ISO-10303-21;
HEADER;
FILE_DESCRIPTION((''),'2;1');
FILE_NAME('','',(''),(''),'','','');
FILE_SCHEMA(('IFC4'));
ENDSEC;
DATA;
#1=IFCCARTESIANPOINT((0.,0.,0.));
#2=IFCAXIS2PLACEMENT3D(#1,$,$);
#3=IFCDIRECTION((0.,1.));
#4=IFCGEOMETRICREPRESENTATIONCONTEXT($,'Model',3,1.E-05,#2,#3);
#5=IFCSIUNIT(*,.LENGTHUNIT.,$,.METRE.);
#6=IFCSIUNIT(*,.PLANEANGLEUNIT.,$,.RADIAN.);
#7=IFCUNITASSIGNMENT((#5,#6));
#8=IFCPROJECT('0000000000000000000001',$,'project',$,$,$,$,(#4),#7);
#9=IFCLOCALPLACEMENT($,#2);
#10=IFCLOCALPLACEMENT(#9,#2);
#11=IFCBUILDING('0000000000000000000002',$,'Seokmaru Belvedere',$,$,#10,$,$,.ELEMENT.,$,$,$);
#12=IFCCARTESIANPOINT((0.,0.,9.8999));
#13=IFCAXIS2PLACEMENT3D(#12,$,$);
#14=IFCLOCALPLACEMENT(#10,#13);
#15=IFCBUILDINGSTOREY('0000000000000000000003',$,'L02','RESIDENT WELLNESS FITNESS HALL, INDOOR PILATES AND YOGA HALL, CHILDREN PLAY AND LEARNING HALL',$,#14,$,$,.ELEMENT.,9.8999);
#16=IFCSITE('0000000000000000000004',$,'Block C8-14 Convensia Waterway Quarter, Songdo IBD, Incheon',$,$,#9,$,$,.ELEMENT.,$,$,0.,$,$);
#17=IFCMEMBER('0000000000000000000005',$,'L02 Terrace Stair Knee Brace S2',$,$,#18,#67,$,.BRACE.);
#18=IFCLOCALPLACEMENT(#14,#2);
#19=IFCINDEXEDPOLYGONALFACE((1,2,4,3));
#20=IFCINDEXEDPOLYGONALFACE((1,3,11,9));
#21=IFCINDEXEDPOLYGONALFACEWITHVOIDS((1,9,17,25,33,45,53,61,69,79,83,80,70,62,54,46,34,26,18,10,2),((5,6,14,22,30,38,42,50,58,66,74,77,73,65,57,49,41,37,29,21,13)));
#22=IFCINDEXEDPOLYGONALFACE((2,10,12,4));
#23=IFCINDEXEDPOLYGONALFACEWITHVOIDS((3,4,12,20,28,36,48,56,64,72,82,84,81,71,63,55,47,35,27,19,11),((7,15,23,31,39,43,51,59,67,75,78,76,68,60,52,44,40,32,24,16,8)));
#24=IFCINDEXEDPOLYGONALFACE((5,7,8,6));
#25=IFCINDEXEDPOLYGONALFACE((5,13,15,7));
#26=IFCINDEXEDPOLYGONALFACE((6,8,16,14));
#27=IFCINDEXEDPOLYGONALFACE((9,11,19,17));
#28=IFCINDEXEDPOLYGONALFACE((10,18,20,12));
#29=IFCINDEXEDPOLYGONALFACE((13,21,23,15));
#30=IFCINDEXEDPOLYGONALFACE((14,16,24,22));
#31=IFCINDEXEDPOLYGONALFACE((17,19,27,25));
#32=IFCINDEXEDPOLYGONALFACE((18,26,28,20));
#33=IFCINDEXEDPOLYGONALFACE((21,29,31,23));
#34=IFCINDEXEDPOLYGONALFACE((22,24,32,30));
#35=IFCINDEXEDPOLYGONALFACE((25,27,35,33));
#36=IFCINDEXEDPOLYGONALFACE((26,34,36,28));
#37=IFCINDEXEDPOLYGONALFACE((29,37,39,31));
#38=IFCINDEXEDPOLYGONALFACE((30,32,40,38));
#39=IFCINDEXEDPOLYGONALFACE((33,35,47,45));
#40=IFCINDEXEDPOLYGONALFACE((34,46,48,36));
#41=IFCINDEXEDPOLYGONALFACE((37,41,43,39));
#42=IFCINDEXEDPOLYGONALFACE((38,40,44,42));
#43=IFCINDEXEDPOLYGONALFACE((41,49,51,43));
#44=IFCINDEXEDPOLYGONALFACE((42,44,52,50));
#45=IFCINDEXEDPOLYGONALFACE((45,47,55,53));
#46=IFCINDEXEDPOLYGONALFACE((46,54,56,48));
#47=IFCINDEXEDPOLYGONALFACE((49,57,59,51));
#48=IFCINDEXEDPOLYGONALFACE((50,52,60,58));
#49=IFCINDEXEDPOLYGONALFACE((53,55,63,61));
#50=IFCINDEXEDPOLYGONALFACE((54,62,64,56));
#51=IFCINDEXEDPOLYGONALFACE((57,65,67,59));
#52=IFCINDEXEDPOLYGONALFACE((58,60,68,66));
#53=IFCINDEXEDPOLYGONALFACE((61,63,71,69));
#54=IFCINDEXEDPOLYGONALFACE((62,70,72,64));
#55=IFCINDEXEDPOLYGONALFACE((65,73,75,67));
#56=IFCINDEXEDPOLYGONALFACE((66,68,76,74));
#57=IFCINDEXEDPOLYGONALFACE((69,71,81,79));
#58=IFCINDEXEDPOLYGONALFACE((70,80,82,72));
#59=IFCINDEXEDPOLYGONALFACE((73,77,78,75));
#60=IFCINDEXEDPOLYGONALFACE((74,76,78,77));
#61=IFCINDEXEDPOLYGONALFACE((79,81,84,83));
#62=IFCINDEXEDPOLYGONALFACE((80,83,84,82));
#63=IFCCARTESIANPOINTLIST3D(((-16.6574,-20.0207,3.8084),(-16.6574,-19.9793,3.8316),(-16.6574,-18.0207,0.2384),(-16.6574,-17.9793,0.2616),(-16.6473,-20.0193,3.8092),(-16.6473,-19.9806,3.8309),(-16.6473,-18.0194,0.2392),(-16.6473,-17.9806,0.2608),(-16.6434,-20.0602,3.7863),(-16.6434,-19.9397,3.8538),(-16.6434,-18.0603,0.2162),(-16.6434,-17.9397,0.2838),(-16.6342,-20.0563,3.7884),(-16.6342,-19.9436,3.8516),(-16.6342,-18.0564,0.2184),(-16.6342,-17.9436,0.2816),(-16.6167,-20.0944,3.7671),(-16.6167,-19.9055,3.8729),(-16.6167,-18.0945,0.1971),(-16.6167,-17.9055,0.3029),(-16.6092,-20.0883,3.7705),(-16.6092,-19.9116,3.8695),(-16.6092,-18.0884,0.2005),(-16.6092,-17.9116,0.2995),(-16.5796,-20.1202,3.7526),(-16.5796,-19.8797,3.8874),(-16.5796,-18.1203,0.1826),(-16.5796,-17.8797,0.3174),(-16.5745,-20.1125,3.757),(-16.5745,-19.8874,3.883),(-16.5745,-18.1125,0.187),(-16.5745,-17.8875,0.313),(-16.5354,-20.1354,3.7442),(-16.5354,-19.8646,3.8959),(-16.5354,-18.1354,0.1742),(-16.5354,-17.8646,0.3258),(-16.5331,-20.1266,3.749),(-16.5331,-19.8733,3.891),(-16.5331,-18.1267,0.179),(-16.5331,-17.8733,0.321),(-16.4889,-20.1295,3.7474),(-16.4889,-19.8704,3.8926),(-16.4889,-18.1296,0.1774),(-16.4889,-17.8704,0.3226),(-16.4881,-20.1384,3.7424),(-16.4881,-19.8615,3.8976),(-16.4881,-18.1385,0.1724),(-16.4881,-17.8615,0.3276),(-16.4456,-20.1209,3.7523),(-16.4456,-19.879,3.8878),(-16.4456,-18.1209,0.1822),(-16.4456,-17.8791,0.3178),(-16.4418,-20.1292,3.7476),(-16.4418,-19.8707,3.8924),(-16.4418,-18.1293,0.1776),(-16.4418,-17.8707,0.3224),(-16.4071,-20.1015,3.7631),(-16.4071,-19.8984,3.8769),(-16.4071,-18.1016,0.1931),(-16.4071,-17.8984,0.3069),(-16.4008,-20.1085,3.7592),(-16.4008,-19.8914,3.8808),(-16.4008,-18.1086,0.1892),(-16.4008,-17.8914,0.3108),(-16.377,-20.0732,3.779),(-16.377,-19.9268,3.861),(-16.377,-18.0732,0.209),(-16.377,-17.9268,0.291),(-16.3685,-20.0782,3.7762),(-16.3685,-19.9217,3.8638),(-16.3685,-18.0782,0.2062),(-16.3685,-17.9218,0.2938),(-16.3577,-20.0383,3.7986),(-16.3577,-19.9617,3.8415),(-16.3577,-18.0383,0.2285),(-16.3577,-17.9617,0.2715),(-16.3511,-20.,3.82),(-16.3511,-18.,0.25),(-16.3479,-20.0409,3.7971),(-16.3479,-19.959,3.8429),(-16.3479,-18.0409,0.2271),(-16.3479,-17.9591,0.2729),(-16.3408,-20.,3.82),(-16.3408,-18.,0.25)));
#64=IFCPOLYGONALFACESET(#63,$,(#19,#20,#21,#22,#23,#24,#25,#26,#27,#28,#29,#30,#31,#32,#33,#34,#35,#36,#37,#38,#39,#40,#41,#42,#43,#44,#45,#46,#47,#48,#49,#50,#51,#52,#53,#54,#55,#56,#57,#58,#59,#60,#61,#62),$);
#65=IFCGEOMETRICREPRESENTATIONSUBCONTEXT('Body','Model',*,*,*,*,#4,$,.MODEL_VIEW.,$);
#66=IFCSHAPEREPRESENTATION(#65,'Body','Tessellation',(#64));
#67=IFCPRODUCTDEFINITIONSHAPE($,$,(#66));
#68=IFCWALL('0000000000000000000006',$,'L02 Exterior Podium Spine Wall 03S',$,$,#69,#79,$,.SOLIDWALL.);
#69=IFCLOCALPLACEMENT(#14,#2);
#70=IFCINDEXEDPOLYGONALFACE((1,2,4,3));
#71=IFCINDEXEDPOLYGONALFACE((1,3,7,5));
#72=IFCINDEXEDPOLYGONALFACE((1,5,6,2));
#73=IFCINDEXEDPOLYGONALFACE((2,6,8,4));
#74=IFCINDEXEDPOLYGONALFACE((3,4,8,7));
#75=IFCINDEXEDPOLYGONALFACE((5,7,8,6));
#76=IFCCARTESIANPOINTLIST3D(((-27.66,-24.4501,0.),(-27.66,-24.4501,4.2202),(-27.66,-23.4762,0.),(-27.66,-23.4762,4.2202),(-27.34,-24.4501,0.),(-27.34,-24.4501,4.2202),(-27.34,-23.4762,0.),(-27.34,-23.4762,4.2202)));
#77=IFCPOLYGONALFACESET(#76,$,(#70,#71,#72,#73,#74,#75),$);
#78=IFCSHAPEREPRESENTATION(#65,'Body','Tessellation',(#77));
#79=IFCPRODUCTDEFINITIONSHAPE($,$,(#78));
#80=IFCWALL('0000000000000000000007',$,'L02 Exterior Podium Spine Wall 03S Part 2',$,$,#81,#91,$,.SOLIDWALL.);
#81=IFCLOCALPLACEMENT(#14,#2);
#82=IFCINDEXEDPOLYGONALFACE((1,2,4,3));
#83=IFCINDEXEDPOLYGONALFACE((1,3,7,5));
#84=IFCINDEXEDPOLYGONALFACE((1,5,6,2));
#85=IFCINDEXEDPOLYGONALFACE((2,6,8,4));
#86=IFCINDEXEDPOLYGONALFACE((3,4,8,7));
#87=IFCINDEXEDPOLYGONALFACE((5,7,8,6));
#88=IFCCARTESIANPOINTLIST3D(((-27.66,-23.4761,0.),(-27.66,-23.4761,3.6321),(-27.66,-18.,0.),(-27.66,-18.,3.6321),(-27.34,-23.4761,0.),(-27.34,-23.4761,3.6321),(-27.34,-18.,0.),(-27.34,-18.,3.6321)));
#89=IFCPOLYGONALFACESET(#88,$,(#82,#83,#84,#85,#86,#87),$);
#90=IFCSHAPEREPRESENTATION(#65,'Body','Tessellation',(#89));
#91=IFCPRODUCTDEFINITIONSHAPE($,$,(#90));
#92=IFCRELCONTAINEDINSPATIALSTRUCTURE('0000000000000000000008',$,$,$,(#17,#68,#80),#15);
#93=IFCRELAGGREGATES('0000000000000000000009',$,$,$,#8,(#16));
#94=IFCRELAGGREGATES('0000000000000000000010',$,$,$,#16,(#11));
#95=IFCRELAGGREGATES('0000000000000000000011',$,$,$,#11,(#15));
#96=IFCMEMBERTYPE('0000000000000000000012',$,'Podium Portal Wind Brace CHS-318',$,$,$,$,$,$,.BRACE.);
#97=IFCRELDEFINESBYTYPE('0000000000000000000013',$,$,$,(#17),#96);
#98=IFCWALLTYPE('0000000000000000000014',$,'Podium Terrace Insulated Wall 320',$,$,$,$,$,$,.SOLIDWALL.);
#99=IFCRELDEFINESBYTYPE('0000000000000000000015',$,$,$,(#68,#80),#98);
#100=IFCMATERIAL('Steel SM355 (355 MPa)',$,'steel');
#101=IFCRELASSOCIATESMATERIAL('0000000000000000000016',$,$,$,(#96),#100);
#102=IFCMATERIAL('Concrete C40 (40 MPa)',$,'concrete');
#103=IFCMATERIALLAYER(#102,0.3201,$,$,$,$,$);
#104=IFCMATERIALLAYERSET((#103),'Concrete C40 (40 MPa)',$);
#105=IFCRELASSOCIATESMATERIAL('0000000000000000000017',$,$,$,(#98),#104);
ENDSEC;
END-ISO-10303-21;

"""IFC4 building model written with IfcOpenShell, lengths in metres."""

from ifc_helpers import new_model, si_unit, direction, frame, frame_2d, origin, origin_2d, place, context, subcontext, project, spatial, rectangle, hollow_circle, extrude, source, transform, mapped, material, layer, layer_set, material_profile, profile_set, type_object, element, save


model = new_model("IFC4")

# Units and contexts
model_context = context("Model", 3, precision=1e-05, world=origin(), true_north=direction((0.0, 1.0)))
body_context = subcontext(model_context, "Body", "Model", "MODEL_VIEW")
ifc_project = project(units=[si_unit("LENGTHUNIT", "METRE"), si_unit("PLANEANGLEUNIT", "RADIAN")], contexts=[model_context])

# Site, building, storey
site_placement = place(None, origin())
site = spatial("IfcSite", under=ifc_project, at=site_placement, Name="Block C8-14 Convensia Waterway Quarter, Songdo IBD, Incheon", CompositionType="ELEMENT", RefElevation=0.0)
building_placement = place(site_placement, origin())
building = spatial("IfcBuilding", under=site, at=building_placement, Name="Seokmaru Belvedere", CompositionType="ELEMENT")
storey_placement = place(building_placement, frame((0.0, 0.0, 9.8999)))
storey = spatial("IfcBuildingStorey", under=building, at=storey_placement, Name="L02", Description="RESIDENT WELLNESS FITNESS HALL, INDOOR PILATES AND YOGA HALL, CHILDREN PLAY AND LEARNING HALL", CompositionType="ELEMENT", Elevation=9.8999)

# Shared definitions
ifc_material_1 = material(Name="Steel SM355 (355 MPa)", Category="steel")

# Shared definitions
ifc_material_profile_1 = material_profile(ifc_material_1, hollow_circle(Radius=0.1592, WallThickness=0.0103, at=origin_2d()), Name="CHS-318.5x10.3")
ifc_profile_set_1 = profile_set([ifc_material_profile_1], Name="Steel SM355 (355 MPa)")
member_type = type_object("IfcMemberType", Name="Podium Portal Wind Brace CHS-318", PredefinedType="BRACE", material=ifc_profile_set_1)

# Member
shared_shape_1 = source(origin(), body_context, "Body", "SweptSolid", [
    extrude(hollow_circle(Radius=0.1592, WallThickness=0.0103, at=origin_2d()), origin(), (0.0, 0.0, 1.0), 4.092),
])
member_1_placement = place(storey_placement, frame((-16.5, -18.0, 0.25), z_axis=(0.0, -0.488745, 0.872427), x_axis=(1.0, 0.0, 0.0)))
element("IfcMember", 1, at=member_1_placement, inside=storey, type_object=member_type, Name="L02 Terrace Stair Knee Brace S2", PredefinedType="BRACE", context=body_context, shape_type="MappedRepresentation", body=[
    mapped(shared_shape_1, transform((0.0, 0.0, 0.0), scale=1.0)),
])

# Walls
ifc_material_2 = material(Name="Concrete C40 (40 MPa)", Category="concrete")
ifc_layer = layer(ifc_material_2, 0.3201)
ifc_layer_set = layer_set([ifc_layer], Name="Concrete C40 (40 MPa)")
wall_type = type_object("IfcWallType", Name="Podium Terrace Insulated Wall 320", PredefinedType="SOLIDWALL", material=ifc_layer_set)
wall_1_placement = place(storey_placement, frame((-27.5, -24.45, 0.0), z_axis=(0.0, 0.0, 1.0), x_axis=(0.0, 1.0, 0.0)))
element("IfcWall", 2, at=wall_1_placement, inside=storey, type_object=wall_type, Name="L02 Exterior Podium Spine Wall 03S", PredefinedType="SOLIDWALL", context=body_context, shape_type="SweptSolid", body=[
    extrude(rectangle(XDim=0.9739, YDim=0.3201, at=frame_2d((0.4868, 0.0))), origin(), (0.0, 0.0, 1.0), 4.2202),
])
wall_2_placement = place(storey_placement, frame((-27.5, -23.4761, 0.0), z_axis=(0.0, 0.0, 1.0), x_axis=(0.0, 1.0, 0.0)))
element("IfcWall", 3, at=wall_2_placement, inside=storey, type_object=wall_type, Name="L02 Exterior Podium Spine Wall 03S Part 2", PredefinedType="SOLIDWALL", context=body_context, shape_type="SweptSolid", body=[
    extrude(rectangle(XDim=5.4761, YDim=0.3201, at=frame_2d((2.738, 0.0))), origin(), (0.0, 0.0, 1.0), 3.6321),
])

save(model, "model.ifc")
